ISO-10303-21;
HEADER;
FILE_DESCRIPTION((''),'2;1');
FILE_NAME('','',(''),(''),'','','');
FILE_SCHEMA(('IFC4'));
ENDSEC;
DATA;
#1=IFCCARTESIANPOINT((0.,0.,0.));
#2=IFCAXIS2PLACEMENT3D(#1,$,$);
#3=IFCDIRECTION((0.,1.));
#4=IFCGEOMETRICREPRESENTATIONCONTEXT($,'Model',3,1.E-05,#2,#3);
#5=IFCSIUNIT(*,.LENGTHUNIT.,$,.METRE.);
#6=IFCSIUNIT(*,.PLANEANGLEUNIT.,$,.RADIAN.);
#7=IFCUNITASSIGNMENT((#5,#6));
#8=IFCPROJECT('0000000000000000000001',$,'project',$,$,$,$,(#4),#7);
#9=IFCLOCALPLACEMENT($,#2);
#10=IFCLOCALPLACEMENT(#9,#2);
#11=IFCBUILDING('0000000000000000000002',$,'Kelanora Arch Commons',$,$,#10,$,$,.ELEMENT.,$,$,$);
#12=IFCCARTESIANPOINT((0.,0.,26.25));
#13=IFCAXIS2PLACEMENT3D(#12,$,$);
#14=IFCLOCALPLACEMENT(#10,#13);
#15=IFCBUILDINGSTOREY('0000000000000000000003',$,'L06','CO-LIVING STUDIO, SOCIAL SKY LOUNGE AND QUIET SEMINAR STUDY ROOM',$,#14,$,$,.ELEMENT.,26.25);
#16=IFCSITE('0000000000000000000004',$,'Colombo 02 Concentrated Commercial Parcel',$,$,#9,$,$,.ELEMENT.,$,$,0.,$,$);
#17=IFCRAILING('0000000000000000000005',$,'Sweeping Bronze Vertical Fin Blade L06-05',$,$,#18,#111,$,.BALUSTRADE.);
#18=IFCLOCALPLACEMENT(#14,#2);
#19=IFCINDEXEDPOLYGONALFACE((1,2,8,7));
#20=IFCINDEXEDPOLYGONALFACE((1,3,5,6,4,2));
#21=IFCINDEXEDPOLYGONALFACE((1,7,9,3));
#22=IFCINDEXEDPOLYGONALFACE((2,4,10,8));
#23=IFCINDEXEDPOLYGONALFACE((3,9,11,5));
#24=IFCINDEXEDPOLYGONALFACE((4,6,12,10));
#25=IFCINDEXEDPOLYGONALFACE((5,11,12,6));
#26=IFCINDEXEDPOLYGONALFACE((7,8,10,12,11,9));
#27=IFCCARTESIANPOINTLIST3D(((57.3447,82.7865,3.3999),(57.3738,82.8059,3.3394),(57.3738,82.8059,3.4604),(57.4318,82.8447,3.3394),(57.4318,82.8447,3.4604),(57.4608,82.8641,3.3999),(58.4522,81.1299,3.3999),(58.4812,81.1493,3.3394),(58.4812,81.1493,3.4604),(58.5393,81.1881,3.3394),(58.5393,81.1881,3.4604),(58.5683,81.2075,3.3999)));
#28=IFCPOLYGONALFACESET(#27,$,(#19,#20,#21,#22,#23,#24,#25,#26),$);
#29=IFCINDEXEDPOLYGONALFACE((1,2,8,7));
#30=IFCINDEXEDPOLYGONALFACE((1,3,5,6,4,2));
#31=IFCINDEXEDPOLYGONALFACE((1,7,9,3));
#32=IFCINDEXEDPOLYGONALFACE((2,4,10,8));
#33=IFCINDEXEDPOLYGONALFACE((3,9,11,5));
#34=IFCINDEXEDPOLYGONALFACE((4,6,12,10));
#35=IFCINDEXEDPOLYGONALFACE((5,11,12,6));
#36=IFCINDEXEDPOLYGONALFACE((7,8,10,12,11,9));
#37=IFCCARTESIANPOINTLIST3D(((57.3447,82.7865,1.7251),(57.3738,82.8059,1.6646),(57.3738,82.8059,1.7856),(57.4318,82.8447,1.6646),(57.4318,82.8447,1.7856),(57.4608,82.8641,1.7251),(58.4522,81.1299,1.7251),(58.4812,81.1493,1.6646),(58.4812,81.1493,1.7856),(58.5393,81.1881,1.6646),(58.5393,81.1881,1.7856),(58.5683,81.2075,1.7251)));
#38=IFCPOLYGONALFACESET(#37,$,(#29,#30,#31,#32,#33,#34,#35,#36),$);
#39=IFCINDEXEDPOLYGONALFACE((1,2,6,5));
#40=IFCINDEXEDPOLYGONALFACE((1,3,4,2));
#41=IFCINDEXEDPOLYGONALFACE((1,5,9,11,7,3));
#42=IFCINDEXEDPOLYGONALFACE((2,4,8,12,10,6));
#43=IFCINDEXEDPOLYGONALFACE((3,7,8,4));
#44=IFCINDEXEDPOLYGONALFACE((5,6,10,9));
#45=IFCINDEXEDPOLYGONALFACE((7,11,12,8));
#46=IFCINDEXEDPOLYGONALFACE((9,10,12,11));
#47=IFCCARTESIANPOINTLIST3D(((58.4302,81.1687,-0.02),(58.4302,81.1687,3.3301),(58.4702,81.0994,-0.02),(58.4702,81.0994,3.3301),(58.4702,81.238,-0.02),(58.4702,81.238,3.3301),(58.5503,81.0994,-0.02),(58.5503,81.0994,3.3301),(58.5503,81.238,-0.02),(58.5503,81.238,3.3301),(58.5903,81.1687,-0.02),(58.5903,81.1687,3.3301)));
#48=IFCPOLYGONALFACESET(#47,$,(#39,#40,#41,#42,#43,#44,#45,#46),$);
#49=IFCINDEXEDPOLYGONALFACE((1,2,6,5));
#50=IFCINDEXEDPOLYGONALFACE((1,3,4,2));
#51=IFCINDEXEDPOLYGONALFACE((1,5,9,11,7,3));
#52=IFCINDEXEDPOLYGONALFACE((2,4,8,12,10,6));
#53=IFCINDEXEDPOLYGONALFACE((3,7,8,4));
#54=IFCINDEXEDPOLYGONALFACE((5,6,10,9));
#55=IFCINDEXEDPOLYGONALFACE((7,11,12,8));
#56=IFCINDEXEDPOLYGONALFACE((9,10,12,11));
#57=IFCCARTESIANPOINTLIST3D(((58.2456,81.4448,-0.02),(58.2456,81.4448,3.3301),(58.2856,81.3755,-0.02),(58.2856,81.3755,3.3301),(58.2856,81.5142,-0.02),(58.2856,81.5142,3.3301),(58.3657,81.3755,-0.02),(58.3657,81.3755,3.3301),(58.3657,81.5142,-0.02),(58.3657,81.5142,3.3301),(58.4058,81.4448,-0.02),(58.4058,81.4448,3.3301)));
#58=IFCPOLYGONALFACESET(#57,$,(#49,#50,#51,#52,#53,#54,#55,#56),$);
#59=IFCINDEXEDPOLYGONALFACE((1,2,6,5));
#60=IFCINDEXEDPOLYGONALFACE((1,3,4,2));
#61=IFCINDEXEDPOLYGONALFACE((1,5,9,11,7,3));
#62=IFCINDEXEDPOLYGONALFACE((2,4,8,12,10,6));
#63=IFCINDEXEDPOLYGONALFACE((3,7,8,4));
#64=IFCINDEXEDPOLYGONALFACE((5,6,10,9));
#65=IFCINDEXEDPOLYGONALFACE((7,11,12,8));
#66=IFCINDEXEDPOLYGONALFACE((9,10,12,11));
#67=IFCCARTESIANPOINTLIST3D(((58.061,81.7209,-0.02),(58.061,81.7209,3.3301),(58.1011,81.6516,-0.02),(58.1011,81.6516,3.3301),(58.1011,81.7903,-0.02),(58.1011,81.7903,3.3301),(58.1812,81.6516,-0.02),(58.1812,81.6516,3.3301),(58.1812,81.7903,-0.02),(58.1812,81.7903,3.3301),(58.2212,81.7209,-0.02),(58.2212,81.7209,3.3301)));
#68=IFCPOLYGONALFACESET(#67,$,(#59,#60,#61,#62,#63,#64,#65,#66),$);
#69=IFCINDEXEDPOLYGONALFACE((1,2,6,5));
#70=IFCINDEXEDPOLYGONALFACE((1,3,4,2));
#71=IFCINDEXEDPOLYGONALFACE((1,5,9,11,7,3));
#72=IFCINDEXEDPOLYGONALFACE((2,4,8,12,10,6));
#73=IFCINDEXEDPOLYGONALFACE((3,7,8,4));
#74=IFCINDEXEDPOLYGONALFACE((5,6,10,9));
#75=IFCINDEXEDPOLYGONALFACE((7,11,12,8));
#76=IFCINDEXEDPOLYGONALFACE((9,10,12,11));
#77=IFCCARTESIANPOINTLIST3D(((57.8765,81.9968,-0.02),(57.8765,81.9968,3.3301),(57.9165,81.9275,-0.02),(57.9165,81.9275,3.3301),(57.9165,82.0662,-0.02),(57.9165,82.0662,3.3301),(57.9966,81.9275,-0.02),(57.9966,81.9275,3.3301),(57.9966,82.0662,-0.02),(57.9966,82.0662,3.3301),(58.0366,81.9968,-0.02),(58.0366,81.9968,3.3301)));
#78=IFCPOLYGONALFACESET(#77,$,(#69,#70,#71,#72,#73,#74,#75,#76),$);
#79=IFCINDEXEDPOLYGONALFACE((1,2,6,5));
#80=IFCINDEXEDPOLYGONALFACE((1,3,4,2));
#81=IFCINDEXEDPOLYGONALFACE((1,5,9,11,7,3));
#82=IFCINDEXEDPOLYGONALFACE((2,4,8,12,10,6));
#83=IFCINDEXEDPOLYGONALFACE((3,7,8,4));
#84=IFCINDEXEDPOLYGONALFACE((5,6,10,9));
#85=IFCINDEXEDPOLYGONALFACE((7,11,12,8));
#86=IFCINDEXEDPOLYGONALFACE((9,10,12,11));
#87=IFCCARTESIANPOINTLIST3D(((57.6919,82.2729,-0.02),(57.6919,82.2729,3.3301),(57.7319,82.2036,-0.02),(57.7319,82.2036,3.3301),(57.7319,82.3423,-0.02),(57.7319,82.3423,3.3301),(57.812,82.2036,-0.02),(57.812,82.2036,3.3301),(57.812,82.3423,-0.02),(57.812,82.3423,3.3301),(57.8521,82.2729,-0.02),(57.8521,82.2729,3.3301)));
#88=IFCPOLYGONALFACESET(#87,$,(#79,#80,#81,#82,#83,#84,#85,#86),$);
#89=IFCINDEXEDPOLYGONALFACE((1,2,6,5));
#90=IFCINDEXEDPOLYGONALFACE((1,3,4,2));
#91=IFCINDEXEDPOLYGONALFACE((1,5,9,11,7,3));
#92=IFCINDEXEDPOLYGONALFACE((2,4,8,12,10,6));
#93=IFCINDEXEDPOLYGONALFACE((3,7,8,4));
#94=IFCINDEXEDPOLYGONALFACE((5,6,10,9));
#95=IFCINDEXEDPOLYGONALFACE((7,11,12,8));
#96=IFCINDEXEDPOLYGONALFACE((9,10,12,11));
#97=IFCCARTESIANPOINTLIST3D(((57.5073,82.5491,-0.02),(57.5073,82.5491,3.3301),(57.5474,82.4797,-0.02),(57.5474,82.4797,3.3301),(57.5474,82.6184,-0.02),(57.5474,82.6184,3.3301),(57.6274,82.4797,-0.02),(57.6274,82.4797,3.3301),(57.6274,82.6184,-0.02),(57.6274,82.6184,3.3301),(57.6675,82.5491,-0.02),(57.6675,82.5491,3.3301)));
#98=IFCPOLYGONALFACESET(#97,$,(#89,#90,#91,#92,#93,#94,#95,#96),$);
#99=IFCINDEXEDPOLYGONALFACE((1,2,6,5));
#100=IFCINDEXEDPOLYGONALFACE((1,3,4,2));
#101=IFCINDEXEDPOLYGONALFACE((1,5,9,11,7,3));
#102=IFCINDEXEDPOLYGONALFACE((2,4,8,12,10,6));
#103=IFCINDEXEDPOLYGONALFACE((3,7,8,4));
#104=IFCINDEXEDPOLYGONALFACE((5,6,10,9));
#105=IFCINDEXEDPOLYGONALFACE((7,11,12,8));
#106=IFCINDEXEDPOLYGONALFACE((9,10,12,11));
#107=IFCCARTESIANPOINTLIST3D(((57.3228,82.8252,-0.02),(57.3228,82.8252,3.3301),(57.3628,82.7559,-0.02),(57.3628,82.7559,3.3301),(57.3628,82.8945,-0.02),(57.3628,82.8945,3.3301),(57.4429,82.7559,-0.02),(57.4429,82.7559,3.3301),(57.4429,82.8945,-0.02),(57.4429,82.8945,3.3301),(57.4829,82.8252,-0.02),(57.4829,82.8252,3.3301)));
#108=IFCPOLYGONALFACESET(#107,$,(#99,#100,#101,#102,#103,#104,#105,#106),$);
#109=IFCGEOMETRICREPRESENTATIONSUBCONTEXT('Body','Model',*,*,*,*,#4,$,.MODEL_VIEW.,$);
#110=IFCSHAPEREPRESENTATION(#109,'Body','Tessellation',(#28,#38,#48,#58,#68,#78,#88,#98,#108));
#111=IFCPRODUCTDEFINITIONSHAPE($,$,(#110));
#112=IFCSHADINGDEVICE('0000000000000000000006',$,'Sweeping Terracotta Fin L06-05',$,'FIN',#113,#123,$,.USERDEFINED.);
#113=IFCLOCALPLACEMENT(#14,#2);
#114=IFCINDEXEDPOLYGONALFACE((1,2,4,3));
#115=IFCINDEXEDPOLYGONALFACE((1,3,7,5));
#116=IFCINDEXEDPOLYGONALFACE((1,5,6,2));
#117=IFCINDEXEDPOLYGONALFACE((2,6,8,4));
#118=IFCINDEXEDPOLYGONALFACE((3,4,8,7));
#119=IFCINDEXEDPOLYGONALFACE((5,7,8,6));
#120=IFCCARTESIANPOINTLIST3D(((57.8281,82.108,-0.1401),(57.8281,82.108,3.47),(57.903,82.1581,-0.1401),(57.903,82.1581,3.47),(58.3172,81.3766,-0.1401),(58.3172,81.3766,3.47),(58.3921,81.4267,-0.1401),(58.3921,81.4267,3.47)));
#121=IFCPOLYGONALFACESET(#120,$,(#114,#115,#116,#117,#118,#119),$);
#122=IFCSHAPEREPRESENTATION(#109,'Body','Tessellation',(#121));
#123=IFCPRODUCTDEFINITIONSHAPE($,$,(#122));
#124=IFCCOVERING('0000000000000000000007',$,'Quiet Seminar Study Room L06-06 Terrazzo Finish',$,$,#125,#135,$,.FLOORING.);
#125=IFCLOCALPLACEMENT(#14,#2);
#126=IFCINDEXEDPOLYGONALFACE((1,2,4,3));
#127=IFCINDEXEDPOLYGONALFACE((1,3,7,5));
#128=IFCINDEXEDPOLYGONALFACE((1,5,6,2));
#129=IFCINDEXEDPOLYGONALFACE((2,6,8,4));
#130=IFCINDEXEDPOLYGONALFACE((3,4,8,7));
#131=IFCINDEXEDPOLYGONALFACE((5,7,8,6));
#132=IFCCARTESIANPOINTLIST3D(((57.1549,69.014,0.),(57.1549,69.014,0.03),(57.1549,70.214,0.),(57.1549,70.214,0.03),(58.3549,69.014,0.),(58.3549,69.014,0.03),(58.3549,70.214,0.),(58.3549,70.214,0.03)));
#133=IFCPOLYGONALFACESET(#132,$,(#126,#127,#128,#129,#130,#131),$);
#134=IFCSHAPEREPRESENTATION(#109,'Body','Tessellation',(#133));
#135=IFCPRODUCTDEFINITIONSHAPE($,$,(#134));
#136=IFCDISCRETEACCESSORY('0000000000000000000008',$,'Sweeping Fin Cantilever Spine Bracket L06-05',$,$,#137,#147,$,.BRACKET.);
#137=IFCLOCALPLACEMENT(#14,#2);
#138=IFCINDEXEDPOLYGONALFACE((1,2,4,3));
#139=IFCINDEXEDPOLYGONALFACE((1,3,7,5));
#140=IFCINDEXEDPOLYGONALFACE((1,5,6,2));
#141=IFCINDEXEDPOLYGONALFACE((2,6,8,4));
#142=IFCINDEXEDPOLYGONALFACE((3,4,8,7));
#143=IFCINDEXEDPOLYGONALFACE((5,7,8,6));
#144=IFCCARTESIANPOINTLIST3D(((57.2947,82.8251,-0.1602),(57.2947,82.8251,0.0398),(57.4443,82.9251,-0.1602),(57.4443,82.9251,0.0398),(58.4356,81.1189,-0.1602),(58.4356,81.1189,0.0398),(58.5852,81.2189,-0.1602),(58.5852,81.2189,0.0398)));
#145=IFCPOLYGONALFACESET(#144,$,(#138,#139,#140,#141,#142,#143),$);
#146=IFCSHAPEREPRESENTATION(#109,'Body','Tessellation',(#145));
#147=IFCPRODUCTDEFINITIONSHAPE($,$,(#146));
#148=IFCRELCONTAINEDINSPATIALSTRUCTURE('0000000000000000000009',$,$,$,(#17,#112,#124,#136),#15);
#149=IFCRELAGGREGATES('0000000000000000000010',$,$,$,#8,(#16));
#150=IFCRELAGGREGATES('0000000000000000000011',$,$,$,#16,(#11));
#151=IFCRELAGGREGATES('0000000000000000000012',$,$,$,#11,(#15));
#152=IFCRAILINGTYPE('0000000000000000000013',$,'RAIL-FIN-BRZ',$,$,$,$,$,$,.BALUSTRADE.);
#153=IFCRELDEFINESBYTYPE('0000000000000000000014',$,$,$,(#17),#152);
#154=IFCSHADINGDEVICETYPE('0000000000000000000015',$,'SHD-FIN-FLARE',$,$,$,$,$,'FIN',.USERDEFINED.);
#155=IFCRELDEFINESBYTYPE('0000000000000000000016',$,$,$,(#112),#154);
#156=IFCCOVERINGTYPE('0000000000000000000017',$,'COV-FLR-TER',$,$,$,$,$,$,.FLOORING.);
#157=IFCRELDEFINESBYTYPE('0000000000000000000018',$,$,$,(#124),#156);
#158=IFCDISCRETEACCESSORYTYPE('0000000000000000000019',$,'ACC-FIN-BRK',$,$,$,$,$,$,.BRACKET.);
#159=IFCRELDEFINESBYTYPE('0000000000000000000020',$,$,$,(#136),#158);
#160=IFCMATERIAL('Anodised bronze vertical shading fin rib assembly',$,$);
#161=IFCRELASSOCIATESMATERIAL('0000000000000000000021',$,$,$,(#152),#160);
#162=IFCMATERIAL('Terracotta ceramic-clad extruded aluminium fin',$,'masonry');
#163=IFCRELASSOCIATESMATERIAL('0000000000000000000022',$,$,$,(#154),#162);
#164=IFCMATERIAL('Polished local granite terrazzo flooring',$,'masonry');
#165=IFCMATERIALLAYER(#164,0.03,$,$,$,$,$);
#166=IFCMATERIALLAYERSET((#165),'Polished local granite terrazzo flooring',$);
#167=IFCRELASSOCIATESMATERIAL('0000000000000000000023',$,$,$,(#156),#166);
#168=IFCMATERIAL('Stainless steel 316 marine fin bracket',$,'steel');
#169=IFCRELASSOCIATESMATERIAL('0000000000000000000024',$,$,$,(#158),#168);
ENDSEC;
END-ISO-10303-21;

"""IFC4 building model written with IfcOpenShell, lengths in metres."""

from ifc_helpers import new_model, si_unit, direction, frame, origin, origin_2d, place, context, subcontext, project, spatial, polyline, rectangle, outline, extrude, source, transform, mapped, material, layer, layer_set, type_object, element, save


model = new_model("IFC4")

# Units and contexts
model_context = context("Model", 3, precision=1e-05, world=origin(), true_north=direction((0.0, 1.0)))
body_context = subcontext(model_context, "Body", "Model", "MODEL_VIEW")
ifc_project = project(units=[si_unit("LENGTHUNIT", "METRE"), si_unit("PLANEANGLEUNIT", "RADIAN")], contexts=[model_context])

# Site, building, storey
site_placement = place(None, origin())
site = spatial("IfcSite", under=ifc_project, at=site_placement, Name="Colombo 02 Concentrated Commercial Parcel", CompositionType="ELEMENT", RefElevation=0.0)
building_placement = place(site_placement, origin())
building = spatial("IfcBuilding", under=site, at=building_placement, Name="Kelanora Arch Commons", CompositionType="ELEMENT")
storey_placement = place(building_placement, frame((0.0, 0.0, 26.25)))
storey = spatial("IfcBuildingStorey", under=building, at=storey_placement, Name="L06", Description="CO-LIVING STUDIO, SOCIAL SKY LOUNGE AND QUIET SEMINAR STUDY ROOM", CompositionType="ELEMENT", Elevation=26.25)

# Railing
ifc_material_1 = material(Name="Anodised bronze vertical shading fin rib assembly")
railing_type = type_object("IfcRailingType", Name="RAIL-FIN-BRZ", PredefinedType="BALUSTRADE", material=ifc_material_1)
railing_placement = place(storey_placement, frame((58.5103, 81.1687, -0.02)))
element("IfcRailing", 1, at=railing_placement, inside=storey, type_object=railing_type, Name="Sweeping Bronze Vertical Fin Blade L06-05", PredefinedType="BALUSTRADE", context=body_context, shape_type="SweptSolid", body=[
    extrude(outline(polyline([(0.0698, 0.0), (0.0349, 0.0605), (-0.0349, 0.0605), (-0.0698, 0.0), (-0.0349, -0.0605), (0.0349, -0.0605), (0.0698, 0.0)])), frame((0.0, 0.0, 3.4199), z_axis=(-0.555774, 0.831333, 0.0), x_axis=(-0.831333, -0.555774, 0.0)), (0.0, 0.0, 1.0), 1.9927),
    extrude(outline(polyline([(0.0698, 0.0), (0.0349, 0.0605), (-0.0349, 0.0605), (-0.0698, 0.0), (-0.0349, -0.0605), (0.0349, -0.0605), (0.0698, 0.0)])), frame((0.0, 0.0, 1.7451), z_axis=(-0.555774, 0.831333, 0.0), x_axis=(-0.831333, -0.555774, 0.0)), (0.0, 0.0, 1.0), 1.9927),
    extrude(outline(polyline([(0.0801, 0.0), (0.04, 0.0693), (-0.04, 0.0693), (-0.0801, 0.0), (-0.04, -0.0693), (0.04, -0.0693), (0.0801, 0.0)])), origin(), (0.0, 0.0, 1.0), 3.3501),
    extrude(outline(polyline([(0.0801, 0.0), (0.04, 0.0693), (-0.04, 0.0693), (-0.0801, 0.0), (-0.04, -0.0693), (0.04, -0.0693), (0.0801, 0.0)])), frame((-0.1846, 0.2761, 0.0)), (0.0, 0.0, 1.0), 3.3501),
    extrude(outline(polyline([(0.0801, 0.0), (0.04, 0.0693), (-0.04, 0.0693), (-0.0801, 0.0), (-0.04, -0.0693), (0.04, -0.0693), (0.0801, 0.0)])), frame((-0.3691, 0.5522, 0.0)), (0.0, 0.0, 1.0), 3.3501),
    extrude(outline(polyline([(0.0801, 0.0), (0.04, 0.0693), (-0.04, 0.0693), (-0.0801, 0.0), (-0.04, -0.0693), (0.04, -0.0693), (0.0801, 0.0)])), frame((-0.5537, 0.8281, 0.0)), (0.0, 0.0, 1.0), 3.3501),
    extrude(outline(polyline([(0.0801, 0.0), (0.04, 0.0693), (-0.04, 0.0693), (-0.0801, 0.0), (-0.04, -0.0693), (0.04, -0.0693), (0.0801, 0.0)])), frame((-0.7383, 1.1042, 0.0)), (0.0, 0.0, 1.0), 3.3501),
    extrude(outline(polyline([(0.0801, 0.0), (0.04, 0.0693), (-0.04, 0.0693), (-0.0801, 0.0), (-0.04, -0.0693), (0.04, -0.0693), (0.0801, 0.0)])), frame((-0.9229, 1.3804, 0.0)), (0.0, 0.0, 1.0), 3.3501),
    extrude(outline(polyline([(0.0801, 0.0), (0.04, 0.0693), (-0.04, 0.0693), (-0.0801, 0.0), (-0.04, -0.0693), (0.04, -0.0693), (0.0801, 0.0)])), frame((-1.1074, 1.6565, 0.0)), (0.0, 0.0, 1.0), 3.3501),
])

# Shading device
ifc_material_2 = material(Name="Terracotta ceramic-clad extruded aluminium fin", Category="masonry")
shading_device_type = type_object("IfcShadingDeviceType", Name="SHD-FIN-FLARE", ElementType="FIN", PredefinedType="USERDEFINED", material=ifc_material_2)
shared_shape_1 = source(origin(), body_context, "Body", "SweptSolid", [
    extrude(rectangle(XDim=0.8799, YDim=0.0901, at=origin_2d()), origin(), (0.0, 0.0, 1.0), 3.6101),
])
shading_device_placement = place(storey_placement, frame((58.1101, 81.7673, -0.1401), z_axis=(0.0, 0.0, 1.0), x_axis=(-0.55586, 0.831276, 0.0)))
element("IfcShadingDevice", 2, at=shading_device_placement, inside=storey, type_object=shading_device_type, Name="Sweeping Terracotta Fin L06-05", ObjectType="FIN", PredefinedType="USERDEFINED", context=body_context, shape_type="MappedRepresentation", body=[
    mapped(shared_shape_1, transform((0.0, 0.0, 0.0), scale=1.0)),
])

# Covering
ifc_material_3 = material(Name="Polished local granite terrazzo flooring", Category="masonry")
ifc_layer_1 = layer(ifc_material_3, 0.03)
ifc_layer_set_1 = layer_set([ifc_layer_1], Name="Polished local granite terrazzo flooring")
covering_type = type_object("IfcCoveringType", Name="COV-FLR-TER", PredefinedType="FLOORING", material=ifc_layer_set_1)
shared_shape_2 = source(origin(), body_context, "Body", "SweptSolid", [
    extrude(rectangle(XDim=1.2, YDim=1.2, at=origin_2d()), origin(), (0.0, 0.0, 1.0), 0.03),
])
covering_placement = place(storey_placement, frame((57.7549, 69.614, 0.0), z_axis=(0.0, 0.0, 1.0), x_axis=(1.0, 0.0, 0.0)))
element("IfcCovering", 3, at=covering_placement, inside=storey, type_object=covering_type, Name="Quiet Seminar Study Room L06-06 Terrazzo Finish", PredefinedType="FLOORING", context=body_context, shape_type="MappedRepresentation", body=[
    mapped(shared_shape_2, transform((0.0, 0.0, 0.0), scale=1.0)),
])

# Discrete accessory
ifc_material_4 = material(Name="Stainless steel 316 marine fin bracket", Category="steel")
discrete_accessory_type = type_object("IfcDiscreteAccessoryType", Name="ACC-FIN-BRK", PredefinedType="BRACKET", material=ifc_material_4)
shared_shape_3 = source(origin(), body_context, "Body", "SweptSolid", [
    extrude(rectangle(XDim=2.0525, YDim=0.1799, at=origin_2d()), origin(), (0.0, 0.0, 1.0), 0.2),
])
discrete_accessory_placement = place(storey_placement, frame((57.9399, 82.022, -0.1602), z_axis=(0.0, 0.0, 1.0), x_axis=(-0.55586, 0.831276, 0.0)))
element("IfcDiscreteAccessory", 4, at=discrete_accessory_placement, inside=storey, type_object=discrete_accessory_type, Name="Sweeping Fin Cantilever Spine Bracket L06-05", PredefinedType="BRACKET", context=body_context, shape_type="MappedRepresentation", body=[
    mapped(shared_shape_3, transform((0.0, 0.0, 0.0), scale=1.0)),
])

save(model, "model.ifc")
